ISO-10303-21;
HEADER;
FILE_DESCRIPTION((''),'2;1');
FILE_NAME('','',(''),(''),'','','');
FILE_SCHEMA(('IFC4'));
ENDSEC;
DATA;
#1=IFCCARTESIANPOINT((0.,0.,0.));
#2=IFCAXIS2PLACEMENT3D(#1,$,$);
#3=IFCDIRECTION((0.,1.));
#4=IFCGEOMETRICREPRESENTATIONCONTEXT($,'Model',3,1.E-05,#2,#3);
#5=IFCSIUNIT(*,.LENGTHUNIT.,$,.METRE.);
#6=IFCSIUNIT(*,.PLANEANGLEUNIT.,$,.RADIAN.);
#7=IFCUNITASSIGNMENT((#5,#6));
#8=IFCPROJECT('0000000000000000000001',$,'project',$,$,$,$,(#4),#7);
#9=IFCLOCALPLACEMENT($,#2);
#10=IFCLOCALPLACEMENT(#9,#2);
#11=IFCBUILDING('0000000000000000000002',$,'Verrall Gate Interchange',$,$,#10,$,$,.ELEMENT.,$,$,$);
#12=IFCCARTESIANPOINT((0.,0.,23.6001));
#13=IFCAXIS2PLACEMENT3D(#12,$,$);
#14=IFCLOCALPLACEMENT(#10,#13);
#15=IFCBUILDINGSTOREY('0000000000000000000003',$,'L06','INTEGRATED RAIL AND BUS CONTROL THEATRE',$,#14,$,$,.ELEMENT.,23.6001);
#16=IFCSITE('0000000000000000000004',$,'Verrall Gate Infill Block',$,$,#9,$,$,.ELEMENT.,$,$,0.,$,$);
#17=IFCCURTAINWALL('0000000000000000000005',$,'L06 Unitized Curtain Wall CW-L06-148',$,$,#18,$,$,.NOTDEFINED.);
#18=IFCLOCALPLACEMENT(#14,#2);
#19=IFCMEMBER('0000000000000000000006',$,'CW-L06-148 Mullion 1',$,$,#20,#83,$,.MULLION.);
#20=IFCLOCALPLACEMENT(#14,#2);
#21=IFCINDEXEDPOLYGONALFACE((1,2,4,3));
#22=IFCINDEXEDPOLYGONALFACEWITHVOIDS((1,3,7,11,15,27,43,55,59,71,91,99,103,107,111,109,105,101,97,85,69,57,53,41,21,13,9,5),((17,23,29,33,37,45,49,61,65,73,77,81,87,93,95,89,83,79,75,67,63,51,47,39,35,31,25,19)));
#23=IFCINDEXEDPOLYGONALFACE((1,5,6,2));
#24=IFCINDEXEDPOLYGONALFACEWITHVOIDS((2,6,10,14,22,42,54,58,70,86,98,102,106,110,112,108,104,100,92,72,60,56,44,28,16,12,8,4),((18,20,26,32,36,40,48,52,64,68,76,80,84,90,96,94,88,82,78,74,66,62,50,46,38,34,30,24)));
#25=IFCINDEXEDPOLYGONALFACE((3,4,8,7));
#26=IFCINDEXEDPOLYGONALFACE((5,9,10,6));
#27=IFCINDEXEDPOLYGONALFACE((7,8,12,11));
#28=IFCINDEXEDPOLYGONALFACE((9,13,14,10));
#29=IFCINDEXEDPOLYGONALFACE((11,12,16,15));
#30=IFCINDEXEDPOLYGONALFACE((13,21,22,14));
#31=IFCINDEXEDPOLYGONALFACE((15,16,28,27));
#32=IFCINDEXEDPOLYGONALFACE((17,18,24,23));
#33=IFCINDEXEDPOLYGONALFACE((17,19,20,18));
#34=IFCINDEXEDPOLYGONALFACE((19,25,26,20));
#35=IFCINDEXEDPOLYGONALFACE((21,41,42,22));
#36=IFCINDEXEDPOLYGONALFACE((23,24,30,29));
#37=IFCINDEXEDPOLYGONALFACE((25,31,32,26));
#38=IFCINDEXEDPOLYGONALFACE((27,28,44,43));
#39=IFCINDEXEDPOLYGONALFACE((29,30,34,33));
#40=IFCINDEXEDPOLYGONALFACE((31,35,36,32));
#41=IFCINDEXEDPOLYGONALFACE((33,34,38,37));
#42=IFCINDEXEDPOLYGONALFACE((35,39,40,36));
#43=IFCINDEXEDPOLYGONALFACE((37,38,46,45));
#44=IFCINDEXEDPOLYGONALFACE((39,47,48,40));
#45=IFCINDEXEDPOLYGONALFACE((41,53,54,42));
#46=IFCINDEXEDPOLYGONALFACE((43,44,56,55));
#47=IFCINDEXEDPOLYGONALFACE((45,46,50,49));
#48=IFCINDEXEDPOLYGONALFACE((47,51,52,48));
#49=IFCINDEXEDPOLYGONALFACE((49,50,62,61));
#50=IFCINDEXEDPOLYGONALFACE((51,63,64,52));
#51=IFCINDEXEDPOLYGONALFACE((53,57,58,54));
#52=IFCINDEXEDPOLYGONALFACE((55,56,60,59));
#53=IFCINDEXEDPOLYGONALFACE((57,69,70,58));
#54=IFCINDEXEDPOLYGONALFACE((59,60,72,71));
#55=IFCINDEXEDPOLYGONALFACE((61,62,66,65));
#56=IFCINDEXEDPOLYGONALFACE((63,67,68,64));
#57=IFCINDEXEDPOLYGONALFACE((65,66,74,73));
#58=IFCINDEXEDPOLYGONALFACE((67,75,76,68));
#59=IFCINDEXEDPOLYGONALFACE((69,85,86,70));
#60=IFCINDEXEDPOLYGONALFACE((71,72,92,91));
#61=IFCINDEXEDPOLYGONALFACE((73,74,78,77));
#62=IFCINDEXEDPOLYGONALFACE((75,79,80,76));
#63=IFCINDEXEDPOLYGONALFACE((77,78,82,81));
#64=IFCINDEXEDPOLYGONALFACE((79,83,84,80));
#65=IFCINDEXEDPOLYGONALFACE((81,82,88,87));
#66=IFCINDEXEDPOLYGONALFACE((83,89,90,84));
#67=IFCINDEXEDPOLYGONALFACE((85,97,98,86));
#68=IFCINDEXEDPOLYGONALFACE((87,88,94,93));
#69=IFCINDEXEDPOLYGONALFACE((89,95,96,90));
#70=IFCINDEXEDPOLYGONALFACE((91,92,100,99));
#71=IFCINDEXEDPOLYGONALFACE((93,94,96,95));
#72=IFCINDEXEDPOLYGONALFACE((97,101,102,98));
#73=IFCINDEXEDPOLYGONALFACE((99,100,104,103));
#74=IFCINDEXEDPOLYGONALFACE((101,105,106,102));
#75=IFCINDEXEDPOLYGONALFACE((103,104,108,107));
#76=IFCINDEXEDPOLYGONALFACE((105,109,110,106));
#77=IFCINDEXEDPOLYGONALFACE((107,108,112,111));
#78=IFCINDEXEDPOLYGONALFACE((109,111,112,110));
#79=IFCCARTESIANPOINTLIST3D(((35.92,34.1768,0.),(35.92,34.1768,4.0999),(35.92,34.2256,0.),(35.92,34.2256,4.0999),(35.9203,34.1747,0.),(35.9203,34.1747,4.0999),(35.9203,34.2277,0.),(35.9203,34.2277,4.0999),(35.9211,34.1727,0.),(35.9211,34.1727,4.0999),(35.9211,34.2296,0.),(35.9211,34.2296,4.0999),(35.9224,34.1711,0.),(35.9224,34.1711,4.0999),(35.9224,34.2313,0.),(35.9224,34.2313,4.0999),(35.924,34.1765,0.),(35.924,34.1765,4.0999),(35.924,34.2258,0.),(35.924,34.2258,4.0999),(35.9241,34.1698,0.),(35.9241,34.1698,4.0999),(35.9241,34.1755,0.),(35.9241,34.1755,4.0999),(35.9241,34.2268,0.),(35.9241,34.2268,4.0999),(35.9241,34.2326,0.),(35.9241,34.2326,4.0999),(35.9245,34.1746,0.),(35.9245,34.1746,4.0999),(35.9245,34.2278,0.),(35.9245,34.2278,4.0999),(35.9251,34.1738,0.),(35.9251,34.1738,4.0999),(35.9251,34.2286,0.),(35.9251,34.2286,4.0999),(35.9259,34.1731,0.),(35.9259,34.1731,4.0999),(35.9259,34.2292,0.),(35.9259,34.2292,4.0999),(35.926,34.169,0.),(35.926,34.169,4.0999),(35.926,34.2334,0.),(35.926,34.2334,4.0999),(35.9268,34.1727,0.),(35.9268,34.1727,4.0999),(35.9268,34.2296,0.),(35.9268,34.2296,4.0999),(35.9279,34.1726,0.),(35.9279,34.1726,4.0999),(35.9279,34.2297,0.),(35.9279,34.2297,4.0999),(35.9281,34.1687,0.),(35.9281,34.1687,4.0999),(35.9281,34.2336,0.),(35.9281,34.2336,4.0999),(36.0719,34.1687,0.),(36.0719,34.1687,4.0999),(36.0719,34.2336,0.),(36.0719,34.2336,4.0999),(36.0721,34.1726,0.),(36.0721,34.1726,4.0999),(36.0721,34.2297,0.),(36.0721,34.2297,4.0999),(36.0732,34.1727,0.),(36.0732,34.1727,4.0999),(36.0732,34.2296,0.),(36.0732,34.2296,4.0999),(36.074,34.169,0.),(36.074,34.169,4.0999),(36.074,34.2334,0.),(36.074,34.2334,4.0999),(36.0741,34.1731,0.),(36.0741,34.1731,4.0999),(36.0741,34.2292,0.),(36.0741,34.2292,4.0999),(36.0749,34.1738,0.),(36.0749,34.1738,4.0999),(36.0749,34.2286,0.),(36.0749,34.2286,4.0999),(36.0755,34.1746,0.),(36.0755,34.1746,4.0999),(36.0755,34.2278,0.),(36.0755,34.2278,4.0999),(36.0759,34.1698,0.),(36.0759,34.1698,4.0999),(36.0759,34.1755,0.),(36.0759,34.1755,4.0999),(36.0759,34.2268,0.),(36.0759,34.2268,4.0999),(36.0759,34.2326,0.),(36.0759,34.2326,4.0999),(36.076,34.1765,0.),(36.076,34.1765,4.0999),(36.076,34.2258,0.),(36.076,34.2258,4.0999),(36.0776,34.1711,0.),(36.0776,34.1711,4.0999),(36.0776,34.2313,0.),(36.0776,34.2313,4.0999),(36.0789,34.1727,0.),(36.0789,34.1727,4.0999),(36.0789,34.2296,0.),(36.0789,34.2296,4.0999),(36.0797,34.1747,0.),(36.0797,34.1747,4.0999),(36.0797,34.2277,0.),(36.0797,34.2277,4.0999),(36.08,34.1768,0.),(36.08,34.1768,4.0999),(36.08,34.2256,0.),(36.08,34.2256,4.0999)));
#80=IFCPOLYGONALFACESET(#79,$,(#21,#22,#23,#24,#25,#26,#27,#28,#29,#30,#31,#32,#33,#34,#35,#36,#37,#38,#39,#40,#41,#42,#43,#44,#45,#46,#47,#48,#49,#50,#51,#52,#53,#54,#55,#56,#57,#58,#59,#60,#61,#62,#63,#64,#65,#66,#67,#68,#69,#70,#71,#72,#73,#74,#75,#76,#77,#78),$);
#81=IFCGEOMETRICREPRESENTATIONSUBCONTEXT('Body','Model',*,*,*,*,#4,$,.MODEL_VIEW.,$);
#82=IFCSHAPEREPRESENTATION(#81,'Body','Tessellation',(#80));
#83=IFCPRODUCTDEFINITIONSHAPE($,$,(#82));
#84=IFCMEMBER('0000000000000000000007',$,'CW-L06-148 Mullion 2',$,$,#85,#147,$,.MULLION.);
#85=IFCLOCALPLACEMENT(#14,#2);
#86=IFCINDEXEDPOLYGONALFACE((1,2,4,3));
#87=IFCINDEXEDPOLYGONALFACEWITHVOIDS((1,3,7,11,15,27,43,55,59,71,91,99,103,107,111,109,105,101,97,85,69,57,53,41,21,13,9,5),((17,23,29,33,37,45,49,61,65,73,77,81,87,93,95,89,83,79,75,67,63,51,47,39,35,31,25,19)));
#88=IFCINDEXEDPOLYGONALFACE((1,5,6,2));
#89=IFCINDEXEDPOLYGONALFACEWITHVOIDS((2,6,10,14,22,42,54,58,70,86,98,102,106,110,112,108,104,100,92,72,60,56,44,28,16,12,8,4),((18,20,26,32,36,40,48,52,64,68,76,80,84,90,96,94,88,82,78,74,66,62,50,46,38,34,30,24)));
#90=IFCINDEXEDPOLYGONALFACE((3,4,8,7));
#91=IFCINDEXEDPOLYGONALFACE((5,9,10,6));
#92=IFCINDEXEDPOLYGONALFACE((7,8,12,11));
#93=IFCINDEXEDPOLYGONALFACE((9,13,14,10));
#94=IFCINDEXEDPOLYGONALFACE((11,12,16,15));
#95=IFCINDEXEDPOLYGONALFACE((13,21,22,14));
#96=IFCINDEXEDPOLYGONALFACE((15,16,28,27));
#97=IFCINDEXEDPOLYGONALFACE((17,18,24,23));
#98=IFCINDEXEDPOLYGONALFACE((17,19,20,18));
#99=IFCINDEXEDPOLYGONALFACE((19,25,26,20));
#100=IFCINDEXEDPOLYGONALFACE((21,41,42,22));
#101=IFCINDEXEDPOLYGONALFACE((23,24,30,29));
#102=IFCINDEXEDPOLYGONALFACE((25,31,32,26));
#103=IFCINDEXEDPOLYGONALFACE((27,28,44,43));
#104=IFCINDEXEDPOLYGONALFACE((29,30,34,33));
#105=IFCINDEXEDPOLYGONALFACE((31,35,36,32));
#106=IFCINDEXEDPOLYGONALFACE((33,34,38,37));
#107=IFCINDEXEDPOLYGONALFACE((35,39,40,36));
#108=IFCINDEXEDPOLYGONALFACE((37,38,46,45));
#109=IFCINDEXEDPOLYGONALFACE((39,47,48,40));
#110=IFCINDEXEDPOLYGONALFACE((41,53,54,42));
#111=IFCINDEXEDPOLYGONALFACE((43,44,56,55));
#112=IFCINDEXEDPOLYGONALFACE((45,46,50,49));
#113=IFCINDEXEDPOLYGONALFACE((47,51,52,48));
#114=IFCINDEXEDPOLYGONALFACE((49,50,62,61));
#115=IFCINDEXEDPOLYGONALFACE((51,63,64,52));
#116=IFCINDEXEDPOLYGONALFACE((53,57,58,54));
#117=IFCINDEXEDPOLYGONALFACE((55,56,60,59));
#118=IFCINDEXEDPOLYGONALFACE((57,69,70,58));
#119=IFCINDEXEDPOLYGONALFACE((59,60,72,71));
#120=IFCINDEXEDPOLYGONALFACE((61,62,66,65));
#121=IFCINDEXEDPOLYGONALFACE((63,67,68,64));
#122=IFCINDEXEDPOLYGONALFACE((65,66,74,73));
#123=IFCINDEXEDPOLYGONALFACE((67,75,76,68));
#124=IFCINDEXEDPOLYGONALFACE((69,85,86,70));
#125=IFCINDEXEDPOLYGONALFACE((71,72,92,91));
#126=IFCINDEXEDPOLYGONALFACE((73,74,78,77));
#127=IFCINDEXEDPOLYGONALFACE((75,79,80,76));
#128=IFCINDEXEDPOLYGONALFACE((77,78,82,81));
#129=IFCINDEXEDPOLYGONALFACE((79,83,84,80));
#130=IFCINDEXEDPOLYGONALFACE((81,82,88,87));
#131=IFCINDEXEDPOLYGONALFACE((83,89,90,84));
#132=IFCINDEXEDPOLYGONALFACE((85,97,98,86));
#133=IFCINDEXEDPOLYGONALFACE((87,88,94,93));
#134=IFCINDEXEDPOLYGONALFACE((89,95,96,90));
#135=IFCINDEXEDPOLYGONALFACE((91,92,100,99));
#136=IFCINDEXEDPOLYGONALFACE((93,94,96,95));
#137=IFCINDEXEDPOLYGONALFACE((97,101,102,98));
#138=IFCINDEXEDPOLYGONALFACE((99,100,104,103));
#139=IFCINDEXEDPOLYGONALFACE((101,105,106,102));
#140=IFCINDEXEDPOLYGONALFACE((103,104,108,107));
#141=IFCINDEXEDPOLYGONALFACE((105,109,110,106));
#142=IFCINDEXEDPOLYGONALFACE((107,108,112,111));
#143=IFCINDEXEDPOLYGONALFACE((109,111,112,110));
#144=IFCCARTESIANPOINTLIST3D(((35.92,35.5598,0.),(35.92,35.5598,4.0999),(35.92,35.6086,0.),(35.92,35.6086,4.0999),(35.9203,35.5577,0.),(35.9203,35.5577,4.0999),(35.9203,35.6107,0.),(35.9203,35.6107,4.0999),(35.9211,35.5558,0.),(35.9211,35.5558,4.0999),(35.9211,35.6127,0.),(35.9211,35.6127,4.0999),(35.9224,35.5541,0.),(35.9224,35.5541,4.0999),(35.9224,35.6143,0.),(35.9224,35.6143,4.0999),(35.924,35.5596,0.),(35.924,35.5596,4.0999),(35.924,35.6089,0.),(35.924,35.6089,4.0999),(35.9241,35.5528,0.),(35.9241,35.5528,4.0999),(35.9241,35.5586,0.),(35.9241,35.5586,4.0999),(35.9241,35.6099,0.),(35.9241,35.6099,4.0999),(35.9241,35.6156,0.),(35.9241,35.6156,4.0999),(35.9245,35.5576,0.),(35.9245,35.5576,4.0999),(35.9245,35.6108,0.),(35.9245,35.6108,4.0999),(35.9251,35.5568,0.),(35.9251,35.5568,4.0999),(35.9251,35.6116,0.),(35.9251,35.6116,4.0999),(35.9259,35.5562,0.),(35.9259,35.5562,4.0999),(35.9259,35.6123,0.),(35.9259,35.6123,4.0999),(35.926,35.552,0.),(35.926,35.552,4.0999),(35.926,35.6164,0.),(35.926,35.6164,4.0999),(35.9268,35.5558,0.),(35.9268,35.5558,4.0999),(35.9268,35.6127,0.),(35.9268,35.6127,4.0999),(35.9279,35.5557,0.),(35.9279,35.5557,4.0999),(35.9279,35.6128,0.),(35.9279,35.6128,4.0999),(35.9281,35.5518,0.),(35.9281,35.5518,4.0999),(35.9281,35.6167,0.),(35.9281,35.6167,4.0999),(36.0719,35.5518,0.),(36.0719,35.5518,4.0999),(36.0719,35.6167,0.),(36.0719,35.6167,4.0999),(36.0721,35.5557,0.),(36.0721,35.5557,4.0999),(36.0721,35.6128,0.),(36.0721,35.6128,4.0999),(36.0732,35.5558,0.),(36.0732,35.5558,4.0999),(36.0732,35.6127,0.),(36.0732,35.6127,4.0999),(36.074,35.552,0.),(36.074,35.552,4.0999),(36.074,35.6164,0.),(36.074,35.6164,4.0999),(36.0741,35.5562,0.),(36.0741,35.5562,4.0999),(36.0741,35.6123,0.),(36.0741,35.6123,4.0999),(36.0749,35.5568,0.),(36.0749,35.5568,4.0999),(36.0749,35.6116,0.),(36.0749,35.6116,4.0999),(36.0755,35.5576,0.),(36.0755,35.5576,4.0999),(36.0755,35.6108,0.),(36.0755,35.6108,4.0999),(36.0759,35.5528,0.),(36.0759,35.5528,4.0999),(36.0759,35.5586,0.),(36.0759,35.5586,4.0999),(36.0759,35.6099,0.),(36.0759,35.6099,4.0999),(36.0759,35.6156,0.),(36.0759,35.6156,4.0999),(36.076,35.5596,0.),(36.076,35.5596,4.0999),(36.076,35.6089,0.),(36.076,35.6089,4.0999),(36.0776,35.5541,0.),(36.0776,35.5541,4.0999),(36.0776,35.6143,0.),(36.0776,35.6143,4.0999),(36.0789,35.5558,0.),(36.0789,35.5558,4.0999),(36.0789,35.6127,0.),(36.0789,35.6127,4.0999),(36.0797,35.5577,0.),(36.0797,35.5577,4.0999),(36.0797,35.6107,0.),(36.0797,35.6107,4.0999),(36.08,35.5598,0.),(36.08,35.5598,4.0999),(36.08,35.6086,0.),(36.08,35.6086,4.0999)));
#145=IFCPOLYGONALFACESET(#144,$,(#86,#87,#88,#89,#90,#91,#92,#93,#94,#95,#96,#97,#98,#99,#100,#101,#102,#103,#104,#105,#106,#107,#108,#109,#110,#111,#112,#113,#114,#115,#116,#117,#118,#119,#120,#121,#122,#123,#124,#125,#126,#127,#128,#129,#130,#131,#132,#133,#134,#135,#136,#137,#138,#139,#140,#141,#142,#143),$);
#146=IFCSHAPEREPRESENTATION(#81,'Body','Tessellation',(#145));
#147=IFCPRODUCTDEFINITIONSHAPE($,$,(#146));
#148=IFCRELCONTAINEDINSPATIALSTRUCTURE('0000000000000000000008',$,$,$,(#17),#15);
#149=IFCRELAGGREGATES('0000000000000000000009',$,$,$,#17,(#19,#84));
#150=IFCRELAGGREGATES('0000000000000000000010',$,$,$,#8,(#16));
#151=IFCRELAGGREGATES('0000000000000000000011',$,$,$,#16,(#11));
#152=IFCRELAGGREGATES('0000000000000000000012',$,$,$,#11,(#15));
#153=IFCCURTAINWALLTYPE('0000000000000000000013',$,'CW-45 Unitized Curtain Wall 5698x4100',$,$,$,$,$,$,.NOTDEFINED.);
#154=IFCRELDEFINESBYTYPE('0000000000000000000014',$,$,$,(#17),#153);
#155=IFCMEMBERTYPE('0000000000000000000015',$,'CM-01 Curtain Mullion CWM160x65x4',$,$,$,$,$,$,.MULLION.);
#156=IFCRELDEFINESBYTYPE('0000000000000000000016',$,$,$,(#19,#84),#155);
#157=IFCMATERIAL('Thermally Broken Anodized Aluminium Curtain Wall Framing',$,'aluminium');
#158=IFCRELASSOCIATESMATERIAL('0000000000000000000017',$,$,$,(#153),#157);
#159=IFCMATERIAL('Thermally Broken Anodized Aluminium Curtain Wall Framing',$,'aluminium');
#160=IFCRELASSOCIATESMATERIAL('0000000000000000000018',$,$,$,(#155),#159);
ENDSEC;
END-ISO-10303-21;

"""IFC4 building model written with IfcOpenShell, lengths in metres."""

from ifc_helpers import new_model, si_unit, direction, frame, origin, origin_2d, place, context, subcontext, project, spatial, hollow_rectangle, extrude, material, material_profile, profile_set, type_object, element, aggregate, save


model = new_model("IFC4")

# Units and contexts
model_context = context("Model", 3, precision=1e-05, world=origin(), true_north=direction((0.0, 1.0)))
body_context = subcontext(model_context, "Body", "Model", "MODEL_VIEW")
ifc_project = project(units=[si_unit("LENGTHUNIT", "METRE"), si_unit("PLANEANGLEUNIT", "RADIAN")], contexts=[model_context])

# Site, building, storey
site_placement = place(None, origin())
site = spatial("IfcSite", under=ifc_project, at=site_placement, Name="Verrall Gate Infill Block", CompositionType="ELEMENT", RefElevation=0.0)
building_placement = place(site_placement, origin())
building = spatial("IfcBuilding", under=site, at=building_placement, Name="Verrall Gate Interchange", CompositionType="ELEMENT")
storey_placement = place(building_placement, frame((0.0, 0.0, 23.6001)))
storey = spatial("IfcBuildingStorey", under=building, at=storey_placement, Name="L06", Description="INTEGRATED RAIL AND BUS CONTROL THEATRE", CompositionType="ELEMENT", Elevation=23.6001)

# Curtain wall, members
ifc_material_1 = material(Name="Thermally Broken Anodized Aluminium Curtain Wall Framing", Category="aluminium")
curtain_wall_type_1 = type_object("IfcCurtainWallType", Name="CW-45 Unitized Curtain Wall 5698x4100", PredefinedType="NOTDEFINED", material=ifc_material_1)
curtain_wall_1_placement = place(storey_placement, origin())
curtain_wall_1 = element("IfcCurtainWall", 1, at=curtain_wall_1_placement, inside=storey, type_object=curtain_wall_type_1, Name="L06 Unitized Curtain Wall CW-L06-148", PredefinedType="NOTDEFINED")
ifc_material_2 = material(Name="Thermally Broken Anodized Aluminium Curtain Wall Framing", Category="aluminium")
ifc_material_profile_1 = material_profile(ifc_material_2, hollow_rectangle(XDim=0.0649, YDim=0.1599, WallThickness=0.0039, InnerFilletRadius=0.0039, OuterFilletRadius=0.0081, at=origin_2d()), Name="CWM160x65x4")
ifc_profile_set_1 = profile_set([ifc_material_profile_1], Name="Thermally Broken Anodized Aluminium Curtain Wall Framing")
member_type_1 = type_object("IfcMemberType", Name="CM-01 Curtain Mullion CWM160x65x4", PredefinedType="MULLION", material=ifc_profile_set_1)
member_1_placement = place(storey_placement, frame((36.0, 34.2012, 0.0), z_axis=(0.0, 0.0, 1.0), x_axis=(0.0, 1.0, 0.0)))
member_1 = element("IfcMember", 2, at=member_1_placement, type_object=member_type_1, Name="CW-L06-148 Mullion 1", PredefinedType="MULLION", context=body_context, shape_type="SweptSolid", body=[
    extrude(hollow_rectangle(XDim=0.0649, YDim=0.1599, WallThickness=0.0039, InnerFilletRadius=0.0039, OuterFilletRadius=0.0081, at=origin_2d()), origin(), (0.0, 0.0, 1.0), 4.0999),
])
member_2_placement = place(storey_placement, frame((36.0, 35.5842, 0.0), z_axis=(0.0, 0.0, 1.0), x_axis=(0.0, 1.0, 0.0)))
member_2 = element("IfcMember", 3, at=member_2_placement, type_object=member_type_1, Name="CW-L06-148 Mullion 2", PredefinedType="MULLION", context=body_context, shape_type="SweptSolid", body=[
    extrude(hollow_rectangle(XDim=0.0649, YDim=0.1599, WallThickness=0.0039, InnerFilletRadius=0.0039, OuterFilletRadius=0.0081, at=origin_2d()), origin(), (0.0, 0.0, 1.0), 4.0999),
])

aggregate(curtain_wall_1, [member_1, member_2])

save(model, "model.ifc")
